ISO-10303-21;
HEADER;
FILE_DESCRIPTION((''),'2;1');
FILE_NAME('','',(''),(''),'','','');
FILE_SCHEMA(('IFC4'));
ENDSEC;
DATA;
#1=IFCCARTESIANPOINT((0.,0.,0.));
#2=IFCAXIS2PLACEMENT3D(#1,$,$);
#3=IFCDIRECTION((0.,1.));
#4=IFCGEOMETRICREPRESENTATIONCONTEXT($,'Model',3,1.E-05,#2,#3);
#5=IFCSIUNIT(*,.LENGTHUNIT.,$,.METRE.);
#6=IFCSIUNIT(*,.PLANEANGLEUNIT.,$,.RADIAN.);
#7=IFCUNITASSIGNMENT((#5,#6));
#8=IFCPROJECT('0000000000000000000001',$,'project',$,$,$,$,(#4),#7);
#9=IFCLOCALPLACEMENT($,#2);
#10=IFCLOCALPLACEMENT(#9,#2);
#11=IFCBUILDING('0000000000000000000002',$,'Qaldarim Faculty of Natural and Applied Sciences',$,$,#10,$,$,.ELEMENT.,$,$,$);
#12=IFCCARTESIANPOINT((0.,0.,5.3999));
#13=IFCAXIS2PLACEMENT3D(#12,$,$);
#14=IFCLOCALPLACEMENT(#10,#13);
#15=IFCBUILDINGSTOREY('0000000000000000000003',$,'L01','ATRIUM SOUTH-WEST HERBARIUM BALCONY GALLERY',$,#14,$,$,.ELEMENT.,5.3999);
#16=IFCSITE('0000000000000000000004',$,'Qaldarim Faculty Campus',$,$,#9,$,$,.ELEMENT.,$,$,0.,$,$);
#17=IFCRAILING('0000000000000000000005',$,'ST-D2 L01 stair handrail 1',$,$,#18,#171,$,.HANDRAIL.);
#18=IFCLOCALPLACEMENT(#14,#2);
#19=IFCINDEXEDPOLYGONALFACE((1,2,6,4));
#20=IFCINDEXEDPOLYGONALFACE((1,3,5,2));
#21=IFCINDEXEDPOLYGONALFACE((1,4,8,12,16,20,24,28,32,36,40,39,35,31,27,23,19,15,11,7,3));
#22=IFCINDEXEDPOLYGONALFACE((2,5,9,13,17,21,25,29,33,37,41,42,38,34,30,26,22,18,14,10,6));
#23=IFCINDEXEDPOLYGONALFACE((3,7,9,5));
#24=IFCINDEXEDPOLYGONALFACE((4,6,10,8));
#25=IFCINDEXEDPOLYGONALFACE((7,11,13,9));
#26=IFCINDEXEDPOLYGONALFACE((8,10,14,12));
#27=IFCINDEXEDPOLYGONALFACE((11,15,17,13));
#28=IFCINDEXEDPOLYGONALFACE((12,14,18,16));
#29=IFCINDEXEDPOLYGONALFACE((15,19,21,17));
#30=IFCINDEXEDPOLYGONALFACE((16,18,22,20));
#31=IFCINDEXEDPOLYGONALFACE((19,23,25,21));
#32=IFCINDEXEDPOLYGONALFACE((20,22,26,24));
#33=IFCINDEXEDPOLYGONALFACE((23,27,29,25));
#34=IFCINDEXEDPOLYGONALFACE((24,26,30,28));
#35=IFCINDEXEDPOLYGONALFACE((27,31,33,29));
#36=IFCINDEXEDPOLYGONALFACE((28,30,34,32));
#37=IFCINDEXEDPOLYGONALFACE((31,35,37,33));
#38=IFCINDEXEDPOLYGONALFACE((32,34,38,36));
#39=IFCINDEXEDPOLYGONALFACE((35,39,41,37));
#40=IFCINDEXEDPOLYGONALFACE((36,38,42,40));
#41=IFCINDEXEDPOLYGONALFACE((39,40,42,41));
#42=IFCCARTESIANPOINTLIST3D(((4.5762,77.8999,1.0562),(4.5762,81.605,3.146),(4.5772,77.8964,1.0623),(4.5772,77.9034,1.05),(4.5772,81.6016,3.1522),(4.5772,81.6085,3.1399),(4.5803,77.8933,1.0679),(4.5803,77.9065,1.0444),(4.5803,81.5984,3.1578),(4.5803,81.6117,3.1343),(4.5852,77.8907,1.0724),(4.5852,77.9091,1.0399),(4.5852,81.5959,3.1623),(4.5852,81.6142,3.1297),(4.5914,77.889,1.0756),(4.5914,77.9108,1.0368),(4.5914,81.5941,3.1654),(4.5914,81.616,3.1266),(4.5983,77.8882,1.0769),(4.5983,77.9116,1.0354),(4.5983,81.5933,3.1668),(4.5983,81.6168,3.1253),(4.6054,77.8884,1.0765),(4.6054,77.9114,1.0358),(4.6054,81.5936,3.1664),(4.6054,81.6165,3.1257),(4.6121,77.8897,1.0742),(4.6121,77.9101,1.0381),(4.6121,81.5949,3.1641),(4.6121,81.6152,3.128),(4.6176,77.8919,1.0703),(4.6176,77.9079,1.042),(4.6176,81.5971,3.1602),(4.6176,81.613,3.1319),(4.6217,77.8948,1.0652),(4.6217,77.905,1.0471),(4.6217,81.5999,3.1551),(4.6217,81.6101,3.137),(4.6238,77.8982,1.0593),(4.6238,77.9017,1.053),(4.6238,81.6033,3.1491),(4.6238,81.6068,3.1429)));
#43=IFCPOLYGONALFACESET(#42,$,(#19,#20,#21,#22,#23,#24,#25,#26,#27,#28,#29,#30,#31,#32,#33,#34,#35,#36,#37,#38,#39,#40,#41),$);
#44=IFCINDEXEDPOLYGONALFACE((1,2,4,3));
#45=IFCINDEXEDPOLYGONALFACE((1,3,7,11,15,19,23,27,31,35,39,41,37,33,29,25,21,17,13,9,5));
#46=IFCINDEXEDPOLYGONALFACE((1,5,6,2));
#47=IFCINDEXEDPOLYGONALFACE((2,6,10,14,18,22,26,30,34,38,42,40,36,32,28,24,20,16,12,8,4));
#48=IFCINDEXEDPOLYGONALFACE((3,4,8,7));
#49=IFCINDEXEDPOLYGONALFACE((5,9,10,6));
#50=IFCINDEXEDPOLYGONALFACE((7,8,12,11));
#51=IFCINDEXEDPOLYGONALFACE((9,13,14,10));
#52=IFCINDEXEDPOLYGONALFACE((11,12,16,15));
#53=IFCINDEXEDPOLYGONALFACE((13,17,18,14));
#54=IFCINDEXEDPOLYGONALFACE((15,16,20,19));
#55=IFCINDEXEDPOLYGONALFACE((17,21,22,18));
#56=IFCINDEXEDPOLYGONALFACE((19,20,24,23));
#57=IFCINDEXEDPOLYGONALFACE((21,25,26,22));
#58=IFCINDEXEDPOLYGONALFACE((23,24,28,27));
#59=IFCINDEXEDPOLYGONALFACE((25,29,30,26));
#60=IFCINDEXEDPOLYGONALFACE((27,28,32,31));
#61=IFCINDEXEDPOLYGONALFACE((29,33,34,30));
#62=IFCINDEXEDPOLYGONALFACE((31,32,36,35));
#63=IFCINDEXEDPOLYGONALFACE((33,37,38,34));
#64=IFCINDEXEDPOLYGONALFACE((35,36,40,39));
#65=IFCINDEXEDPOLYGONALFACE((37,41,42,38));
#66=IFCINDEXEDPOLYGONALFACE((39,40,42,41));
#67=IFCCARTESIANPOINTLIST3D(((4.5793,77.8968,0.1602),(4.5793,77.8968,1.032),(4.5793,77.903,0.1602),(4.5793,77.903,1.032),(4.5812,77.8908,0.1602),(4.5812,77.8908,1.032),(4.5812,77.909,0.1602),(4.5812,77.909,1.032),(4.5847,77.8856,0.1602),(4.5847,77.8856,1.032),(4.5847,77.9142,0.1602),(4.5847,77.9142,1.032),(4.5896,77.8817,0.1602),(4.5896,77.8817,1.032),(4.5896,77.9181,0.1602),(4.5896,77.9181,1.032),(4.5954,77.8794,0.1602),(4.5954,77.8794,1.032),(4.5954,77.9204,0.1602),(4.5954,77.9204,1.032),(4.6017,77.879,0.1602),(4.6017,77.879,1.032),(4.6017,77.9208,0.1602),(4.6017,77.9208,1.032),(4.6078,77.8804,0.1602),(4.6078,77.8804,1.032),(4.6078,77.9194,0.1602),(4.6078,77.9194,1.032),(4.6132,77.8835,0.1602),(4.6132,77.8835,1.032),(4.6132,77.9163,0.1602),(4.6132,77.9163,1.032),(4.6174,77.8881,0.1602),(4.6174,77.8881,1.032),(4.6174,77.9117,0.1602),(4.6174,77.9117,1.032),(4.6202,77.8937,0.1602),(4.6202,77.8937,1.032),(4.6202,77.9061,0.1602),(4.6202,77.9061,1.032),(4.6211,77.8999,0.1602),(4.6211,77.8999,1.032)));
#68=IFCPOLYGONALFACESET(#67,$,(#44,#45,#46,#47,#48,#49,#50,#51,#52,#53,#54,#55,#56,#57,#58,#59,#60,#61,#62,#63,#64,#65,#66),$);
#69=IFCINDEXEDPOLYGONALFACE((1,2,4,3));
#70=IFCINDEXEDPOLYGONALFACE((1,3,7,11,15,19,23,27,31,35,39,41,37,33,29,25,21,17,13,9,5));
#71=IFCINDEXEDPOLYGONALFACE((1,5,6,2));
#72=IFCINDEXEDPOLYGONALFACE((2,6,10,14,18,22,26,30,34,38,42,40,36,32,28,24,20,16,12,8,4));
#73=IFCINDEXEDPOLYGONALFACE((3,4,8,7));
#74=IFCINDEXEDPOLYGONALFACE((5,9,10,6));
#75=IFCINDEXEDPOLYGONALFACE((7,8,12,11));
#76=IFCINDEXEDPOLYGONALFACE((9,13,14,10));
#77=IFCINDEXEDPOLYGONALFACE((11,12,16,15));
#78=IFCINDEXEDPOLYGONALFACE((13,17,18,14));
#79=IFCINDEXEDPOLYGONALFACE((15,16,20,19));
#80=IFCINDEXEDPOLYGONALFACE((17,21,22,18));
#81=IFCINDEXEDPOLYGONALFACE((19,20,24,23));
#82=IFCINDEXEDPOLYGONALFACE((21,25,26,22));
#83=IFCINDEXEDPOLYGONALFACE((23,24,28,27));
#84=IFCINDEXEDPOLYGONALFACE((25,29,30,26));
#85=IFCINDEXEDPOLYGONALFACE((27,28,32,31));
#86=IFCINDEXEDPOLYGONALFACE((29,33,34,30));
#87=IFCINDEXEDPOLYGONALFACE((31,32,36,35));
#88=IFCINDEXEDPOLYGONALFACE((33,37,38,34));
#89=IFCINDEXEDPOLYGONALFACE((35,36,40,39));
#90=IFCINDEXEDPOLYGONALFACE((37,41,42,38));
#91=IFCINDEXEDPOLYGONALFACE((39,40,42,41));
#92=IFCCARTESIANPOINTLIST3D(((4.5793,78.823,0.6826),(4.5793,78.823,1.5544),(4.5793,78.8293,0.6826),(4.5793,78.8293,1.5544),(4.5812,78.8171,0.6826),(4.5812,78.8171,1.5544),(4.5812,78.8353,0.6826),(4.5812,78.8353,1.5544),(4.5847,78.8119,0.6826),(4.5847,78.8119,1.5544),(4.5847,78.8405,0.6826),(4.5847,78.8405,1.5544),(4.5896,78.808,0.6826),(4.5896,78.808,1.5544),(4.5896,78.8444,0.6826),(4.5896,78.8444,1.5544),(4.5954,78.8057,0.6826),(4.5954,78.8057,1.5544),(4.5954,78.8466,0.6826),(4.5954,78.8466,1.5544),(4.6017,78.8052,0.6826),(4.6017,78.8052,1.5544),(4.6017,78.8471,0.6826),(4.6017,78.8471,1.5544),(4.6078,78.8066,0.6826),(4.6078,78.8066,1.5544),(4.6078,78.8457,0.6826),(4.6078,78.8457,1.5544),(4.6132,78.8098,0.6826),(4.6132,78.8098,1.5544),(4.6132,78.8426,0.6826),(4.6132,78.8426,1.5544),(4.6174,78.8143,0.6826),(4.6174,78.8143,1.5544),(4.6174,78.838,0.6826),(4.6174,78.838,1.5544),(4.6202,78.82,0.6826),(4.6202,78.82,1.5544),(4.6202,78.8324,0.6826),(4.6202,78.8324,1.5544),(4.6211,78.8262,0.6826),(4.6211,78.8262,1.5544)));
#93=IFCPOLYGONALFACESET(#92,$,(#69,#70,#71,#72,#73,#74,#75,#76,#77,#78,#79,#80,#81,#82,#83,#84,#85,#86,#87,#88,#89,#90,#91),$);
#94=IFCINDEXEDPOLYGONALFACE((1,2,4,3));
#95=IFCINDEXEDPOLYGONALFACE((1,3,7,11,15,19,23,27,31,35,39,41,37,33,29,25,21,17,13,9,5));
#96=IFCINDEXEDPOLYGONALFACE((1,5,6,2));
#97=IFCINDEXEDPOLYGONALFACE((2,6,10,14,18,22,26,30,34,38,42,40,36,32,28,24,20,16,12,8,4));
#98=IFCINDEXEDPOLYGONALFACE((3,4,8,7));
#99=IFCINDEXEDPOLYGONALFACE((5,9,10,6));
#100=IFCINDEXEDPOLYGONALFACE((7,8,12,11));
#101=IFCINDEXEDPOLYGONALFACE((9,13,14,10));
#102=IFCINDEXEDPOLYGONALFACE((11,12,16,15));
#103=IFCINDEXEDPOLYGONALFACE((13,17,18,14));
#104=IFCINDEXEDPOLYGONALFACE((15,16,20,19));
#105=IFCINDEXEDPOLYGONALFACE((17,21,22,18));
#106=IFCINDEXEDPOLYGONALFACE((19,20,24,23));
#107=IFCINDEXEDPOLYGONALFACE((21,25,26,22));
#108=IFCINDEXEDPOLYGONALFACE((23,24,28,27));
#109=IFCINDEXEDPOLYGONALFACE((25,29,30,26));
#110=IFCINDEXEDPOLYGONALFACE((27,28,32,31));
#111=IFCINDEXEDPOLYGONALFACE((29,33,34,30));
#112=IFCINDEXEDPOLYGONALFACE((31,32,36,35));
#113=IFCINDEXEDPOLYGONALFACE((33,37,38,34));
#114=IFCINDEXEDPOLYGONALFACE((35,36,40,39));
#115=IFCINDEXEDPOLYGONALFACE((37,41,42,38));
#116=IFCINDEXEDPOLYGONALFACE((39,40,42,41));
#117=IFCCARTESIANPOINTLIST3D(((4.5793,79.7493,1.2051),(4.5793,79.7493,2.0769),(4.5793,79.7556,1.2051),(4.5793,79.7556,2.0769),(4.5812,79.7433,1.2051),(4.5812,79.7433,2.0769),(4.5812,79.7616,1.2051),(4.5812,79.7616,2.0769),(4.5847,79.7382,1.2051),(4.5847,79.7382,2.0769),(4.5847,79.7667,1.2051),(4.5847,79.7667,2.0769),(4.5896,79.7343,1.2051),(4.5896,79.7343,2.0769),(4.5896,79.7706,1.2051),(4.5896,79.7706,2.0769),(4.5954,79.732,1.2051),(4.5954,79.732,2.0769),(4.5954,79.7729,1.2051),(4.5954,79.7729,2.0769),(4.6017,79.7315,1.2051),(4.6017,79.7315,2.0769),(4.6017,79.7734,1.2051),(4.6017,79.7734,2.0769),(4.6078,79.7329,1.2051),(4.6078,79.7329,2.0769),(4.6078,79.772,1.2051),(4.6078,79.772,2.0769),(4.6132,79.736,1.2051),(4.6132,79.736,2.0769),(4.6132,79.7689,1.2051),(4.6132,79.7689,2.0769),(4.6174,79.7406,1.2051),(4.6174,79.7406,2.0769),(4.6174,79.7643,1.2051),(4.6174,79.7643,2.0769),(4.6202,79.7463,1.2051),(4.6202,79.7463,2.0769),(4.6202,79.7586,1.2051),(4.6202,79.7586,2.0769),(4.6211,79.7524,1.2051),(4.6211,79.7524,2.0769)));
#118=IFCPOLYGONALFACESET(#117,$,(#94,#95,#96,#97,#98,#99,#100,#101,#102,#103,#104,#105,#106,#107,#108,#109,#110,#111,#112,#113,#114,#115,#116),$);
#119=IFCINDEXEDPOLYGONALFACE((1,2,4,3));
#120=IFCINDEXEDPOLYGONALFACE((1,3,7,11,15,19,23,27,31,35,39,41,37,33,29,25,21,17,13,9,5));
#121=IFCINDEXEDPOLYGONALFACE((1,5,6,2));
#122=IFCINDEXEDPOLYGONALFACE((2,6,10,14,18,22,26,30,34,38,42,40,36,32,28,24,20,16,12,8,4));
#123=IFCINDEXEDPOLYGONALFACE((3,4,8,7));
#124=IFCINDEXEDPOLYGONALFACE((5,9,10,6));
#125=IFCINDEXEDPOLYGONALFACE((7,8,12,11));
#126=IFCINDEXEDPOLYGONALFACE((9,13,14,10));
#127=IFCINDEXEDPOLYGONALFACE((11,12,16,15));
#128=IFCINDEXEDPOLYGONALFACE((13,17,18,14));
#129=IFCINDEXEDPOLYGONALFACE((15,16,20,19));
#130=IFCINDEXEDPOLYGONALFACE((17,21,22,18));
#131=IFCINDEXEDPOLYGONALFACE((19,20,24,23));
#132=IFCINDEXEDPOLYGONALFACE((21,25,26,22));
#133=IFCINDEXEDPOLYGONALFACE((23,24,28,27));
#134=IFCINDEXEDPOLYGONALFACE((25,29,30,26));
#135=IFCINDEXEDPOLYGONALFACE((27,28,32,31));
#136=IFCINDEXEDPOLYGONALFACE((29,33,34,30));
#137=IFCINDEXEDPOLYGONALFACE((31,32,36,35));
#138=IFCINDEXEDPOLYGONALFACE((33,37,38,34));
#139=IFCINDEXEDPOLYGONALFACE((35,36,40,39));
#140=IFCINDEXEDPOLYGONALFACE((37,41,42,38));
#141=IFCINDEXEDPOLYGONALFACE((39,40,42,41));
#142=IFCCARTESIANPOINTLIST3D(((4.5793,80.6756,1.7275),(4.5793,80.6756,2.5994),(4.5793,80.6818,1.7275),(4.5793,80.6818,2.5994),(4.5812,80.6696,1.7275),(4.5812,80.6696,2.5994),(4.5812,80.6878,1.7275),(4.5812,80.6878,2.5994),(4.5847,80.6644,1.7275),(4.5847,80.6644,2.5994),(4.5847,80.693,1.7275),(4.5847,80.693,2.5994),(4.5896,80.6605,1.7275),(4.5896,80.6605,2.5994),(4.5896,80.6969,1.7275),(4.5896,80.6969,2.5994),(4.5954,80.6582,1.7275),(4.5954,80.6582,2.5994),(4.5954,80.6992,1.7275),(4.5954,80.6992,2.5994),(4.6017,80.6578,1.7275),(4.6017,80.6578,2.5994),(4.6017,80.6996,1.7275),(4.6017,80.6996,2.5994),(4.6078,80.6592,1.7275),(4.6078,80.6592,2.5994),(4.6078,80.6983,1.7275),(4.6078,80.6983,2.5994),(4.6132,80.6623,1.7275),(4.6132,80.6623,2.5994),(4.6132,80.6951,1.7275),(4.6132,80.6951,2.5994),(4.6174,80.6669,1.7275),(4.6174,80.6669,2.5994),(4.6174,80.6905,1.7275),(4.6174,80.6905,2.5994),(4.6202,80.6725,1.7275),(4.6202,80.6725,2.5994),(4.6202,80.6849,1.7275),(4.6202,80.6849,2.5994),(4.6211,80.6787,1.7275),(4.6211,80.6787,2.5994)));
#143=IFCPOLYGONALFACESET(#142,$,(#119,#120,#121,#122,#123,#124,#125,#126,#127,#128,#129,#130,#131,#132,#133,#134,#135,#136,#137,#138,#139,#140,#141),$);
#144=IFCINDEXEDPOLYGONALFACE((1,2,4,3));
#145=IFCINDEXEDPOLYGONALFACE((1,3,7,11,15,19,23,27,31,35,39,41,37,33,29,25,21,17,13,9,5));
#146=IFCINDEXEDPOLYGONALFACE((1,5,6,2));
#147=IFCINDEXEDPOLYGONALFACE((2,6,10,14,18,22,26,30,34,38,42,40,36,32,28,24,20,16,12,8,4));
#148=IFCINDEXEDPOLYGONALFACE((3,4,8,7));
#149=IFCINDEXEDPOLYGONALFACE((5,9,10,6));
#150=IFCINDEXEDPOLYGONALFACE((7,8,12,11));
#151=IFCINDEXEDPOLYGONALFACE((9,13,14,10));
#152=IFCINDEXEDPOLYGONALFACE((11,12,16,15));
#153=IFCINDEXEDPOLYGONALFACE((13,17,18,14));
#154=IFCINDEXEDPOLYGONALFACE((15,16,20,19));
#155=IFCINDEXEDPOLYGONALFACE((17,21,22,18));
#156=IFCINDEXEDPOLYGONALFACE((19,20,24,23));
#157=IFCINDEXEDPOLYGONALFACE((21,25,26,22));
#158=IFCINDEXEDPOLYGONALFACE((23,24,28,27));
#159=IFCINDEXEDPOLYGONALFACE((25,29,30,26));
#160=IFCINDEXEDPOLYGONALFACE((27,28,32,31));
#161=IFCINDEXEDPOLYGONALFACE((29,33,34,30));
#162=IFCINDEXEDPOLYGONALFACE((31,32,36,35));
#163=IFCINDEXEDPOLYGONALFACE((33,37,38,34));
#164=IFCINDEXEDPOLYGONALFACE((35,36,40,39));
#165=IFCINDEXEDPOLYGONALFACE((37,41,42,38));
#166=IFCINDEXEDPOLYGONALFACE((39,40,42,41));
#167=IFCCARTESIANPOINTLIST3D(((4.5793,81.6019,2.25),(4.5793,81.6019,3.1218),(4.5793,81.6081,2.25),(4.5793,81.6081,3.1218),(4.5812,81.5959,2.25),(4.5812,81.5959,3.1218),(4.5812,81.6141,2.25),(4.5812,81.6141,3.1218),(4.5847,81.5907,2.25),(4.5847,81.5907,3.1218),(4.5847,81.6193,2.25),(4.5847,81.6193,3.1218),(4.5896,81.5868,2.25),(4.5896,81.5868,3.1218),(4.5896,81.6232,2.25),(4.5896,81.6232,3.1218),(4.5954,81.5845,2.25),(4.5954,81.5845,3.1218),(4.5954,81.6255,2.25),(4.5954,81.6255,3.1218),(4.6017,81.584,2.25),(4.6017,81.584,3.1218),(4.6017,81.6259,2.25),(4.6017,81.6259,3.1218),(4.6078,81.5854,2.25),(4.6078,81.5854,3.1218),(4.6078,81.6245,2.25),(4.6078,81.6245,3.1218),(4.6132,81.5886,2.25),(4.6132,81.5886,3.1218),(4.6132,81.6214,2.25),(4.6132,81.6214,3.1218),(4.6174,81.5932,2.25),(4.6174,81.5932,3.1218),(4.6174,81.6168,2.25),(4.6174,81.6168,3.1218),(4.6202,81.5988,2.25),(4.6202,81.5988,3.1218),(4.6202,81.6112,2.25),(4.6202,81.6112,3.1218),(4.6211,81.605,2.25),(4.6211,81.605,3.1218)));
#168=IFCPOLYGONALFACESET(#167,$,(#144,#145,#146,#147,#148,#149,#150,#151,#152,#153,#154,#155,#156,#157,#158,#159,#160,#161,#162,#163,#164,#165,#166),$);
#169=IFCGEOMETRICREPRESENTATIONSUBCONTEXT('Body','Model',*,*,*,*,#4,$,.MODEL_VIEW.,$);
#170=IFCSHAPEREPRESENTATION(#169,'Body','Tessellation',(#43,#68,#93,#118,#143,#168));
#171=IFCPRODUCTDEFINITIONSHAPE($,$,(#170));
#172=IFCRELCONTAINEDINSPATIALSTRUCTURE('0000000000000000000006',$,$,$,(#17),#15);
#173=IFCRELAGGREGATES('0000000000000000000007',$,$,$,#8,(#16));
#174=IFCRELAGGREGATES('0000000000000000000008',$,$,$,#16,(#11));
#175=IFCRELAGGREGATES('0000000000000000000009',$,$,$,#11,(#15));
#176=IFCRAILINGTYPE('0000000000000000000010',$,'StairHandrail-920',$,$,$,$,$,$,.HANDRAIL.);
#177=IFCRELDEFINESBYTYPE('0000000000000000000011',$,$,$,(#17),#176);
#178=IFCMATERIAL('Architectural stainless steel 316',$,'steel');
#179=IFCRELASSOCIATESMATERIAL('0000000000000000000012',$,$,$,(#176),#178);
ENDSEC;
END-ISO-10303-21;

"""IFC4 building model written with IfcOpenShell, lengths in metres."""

from ifc_helpers import new_model, si_unit, direction, frame, origin, origin_2d, place, context, subcontext, project, spatial, circle, extrude, material, type_object, element, save


model = new_model("IFC4")

# Units and contexts
model_context = context("Model", 3, precision=1e-05, world=origin(), true_north=direction((0.0, 1.0)))
body_context = subcontext(model_context, "Body", "Model", "MODEL_VIEW")
ifc_project = project(units=[si_unit("LENGTHUNIT", "METRE"), si_unit("PLANEANGLEUNIT", "RADIAN")], contexts=[model_context])

# Site, building, storey
site_placement = place(None, origin())
site = spatial("IfcSite", under=ifc_project, at=site_placement, Name="Qaldarim Faculty Campus", CompositionType="ELEMENT", RefElevation=0.0)
building_placement = place(site_placement, origin())
building = spatial("IfcBuilding", under=site, at=building_placement, Name="Qaldarim Faculty of Natural and Applied Sciences", CompositionType="ELEMENT")
storey_placement = place(building_placement, frame((0.0, 0.0, 5.3999)))
storey = spatial("IfcBuildingStorey", under=building, at=storey_placement, Name="L01", Description="ATRIUM SOUTH-WEST HERBARIUM BALCONY GALLERY", CompositionType="ELEMENT", Elevation=5.3999)

# Shared definitions
ifc_material_1 = material(Name="Architectural stainless steel 316", Category="steel")

# Railing
railing_type_1 = type_object("IfcRailingType", Name="StairHandrail-920", PredefinedType="HANDRAIL", material=ifc_material_1)
railing_1_placement = place(storey_placement, frame((4.6001, 77.8999, 0.1602)))
element("IfcRailing", 1, at=railing_1_placement, inside=storey, type_object=railing_type_1, Name="ST-D2 L01 stair handrail 1", PredefinedType="HANDRAIL", context=body_context, shape_type="SweptSolid", body=[
    extrude(circle(Radius=0.0239, at=origin_2d()), frame((0.0, 0.0, 0.896), z_axis=(0.0, 0.870999, 0.491285), x_axis=(-1.0, 0.0, 0.0)), (0.0, 0.0, 1.0), 4.2539),
    extrude(circle(Radius=0.021, at=origin_2d()), origin(), (0.0, 0.0, 1.0), 0.8718),
    extrude(circle(Radius=0.021, at=origin_2d()), frame((0.0, 0.9263, 0.5225)), (0.0, 0.0, 1.0), 0.8718),
    extrude(circle(Radius=0.021, at=origin_2d()), frame((0.0, 1.8525, 1.0449)), (0.0, 0.0, 1.0), 0.8718),
    extrude(circle(Radius=0.021, at=origin_2d()), frame((0.0, 2.7788, 1.5674)), (0.0, 0.0, 1.0), 0.8718),
    extrude(circle(Radius=0.021, at=origin_2d()), frame((0.0, 3.7051, 2.0898)), (0.0, 0.0, 1.0), 0.8718),
])

save(model, "model.ifc")
